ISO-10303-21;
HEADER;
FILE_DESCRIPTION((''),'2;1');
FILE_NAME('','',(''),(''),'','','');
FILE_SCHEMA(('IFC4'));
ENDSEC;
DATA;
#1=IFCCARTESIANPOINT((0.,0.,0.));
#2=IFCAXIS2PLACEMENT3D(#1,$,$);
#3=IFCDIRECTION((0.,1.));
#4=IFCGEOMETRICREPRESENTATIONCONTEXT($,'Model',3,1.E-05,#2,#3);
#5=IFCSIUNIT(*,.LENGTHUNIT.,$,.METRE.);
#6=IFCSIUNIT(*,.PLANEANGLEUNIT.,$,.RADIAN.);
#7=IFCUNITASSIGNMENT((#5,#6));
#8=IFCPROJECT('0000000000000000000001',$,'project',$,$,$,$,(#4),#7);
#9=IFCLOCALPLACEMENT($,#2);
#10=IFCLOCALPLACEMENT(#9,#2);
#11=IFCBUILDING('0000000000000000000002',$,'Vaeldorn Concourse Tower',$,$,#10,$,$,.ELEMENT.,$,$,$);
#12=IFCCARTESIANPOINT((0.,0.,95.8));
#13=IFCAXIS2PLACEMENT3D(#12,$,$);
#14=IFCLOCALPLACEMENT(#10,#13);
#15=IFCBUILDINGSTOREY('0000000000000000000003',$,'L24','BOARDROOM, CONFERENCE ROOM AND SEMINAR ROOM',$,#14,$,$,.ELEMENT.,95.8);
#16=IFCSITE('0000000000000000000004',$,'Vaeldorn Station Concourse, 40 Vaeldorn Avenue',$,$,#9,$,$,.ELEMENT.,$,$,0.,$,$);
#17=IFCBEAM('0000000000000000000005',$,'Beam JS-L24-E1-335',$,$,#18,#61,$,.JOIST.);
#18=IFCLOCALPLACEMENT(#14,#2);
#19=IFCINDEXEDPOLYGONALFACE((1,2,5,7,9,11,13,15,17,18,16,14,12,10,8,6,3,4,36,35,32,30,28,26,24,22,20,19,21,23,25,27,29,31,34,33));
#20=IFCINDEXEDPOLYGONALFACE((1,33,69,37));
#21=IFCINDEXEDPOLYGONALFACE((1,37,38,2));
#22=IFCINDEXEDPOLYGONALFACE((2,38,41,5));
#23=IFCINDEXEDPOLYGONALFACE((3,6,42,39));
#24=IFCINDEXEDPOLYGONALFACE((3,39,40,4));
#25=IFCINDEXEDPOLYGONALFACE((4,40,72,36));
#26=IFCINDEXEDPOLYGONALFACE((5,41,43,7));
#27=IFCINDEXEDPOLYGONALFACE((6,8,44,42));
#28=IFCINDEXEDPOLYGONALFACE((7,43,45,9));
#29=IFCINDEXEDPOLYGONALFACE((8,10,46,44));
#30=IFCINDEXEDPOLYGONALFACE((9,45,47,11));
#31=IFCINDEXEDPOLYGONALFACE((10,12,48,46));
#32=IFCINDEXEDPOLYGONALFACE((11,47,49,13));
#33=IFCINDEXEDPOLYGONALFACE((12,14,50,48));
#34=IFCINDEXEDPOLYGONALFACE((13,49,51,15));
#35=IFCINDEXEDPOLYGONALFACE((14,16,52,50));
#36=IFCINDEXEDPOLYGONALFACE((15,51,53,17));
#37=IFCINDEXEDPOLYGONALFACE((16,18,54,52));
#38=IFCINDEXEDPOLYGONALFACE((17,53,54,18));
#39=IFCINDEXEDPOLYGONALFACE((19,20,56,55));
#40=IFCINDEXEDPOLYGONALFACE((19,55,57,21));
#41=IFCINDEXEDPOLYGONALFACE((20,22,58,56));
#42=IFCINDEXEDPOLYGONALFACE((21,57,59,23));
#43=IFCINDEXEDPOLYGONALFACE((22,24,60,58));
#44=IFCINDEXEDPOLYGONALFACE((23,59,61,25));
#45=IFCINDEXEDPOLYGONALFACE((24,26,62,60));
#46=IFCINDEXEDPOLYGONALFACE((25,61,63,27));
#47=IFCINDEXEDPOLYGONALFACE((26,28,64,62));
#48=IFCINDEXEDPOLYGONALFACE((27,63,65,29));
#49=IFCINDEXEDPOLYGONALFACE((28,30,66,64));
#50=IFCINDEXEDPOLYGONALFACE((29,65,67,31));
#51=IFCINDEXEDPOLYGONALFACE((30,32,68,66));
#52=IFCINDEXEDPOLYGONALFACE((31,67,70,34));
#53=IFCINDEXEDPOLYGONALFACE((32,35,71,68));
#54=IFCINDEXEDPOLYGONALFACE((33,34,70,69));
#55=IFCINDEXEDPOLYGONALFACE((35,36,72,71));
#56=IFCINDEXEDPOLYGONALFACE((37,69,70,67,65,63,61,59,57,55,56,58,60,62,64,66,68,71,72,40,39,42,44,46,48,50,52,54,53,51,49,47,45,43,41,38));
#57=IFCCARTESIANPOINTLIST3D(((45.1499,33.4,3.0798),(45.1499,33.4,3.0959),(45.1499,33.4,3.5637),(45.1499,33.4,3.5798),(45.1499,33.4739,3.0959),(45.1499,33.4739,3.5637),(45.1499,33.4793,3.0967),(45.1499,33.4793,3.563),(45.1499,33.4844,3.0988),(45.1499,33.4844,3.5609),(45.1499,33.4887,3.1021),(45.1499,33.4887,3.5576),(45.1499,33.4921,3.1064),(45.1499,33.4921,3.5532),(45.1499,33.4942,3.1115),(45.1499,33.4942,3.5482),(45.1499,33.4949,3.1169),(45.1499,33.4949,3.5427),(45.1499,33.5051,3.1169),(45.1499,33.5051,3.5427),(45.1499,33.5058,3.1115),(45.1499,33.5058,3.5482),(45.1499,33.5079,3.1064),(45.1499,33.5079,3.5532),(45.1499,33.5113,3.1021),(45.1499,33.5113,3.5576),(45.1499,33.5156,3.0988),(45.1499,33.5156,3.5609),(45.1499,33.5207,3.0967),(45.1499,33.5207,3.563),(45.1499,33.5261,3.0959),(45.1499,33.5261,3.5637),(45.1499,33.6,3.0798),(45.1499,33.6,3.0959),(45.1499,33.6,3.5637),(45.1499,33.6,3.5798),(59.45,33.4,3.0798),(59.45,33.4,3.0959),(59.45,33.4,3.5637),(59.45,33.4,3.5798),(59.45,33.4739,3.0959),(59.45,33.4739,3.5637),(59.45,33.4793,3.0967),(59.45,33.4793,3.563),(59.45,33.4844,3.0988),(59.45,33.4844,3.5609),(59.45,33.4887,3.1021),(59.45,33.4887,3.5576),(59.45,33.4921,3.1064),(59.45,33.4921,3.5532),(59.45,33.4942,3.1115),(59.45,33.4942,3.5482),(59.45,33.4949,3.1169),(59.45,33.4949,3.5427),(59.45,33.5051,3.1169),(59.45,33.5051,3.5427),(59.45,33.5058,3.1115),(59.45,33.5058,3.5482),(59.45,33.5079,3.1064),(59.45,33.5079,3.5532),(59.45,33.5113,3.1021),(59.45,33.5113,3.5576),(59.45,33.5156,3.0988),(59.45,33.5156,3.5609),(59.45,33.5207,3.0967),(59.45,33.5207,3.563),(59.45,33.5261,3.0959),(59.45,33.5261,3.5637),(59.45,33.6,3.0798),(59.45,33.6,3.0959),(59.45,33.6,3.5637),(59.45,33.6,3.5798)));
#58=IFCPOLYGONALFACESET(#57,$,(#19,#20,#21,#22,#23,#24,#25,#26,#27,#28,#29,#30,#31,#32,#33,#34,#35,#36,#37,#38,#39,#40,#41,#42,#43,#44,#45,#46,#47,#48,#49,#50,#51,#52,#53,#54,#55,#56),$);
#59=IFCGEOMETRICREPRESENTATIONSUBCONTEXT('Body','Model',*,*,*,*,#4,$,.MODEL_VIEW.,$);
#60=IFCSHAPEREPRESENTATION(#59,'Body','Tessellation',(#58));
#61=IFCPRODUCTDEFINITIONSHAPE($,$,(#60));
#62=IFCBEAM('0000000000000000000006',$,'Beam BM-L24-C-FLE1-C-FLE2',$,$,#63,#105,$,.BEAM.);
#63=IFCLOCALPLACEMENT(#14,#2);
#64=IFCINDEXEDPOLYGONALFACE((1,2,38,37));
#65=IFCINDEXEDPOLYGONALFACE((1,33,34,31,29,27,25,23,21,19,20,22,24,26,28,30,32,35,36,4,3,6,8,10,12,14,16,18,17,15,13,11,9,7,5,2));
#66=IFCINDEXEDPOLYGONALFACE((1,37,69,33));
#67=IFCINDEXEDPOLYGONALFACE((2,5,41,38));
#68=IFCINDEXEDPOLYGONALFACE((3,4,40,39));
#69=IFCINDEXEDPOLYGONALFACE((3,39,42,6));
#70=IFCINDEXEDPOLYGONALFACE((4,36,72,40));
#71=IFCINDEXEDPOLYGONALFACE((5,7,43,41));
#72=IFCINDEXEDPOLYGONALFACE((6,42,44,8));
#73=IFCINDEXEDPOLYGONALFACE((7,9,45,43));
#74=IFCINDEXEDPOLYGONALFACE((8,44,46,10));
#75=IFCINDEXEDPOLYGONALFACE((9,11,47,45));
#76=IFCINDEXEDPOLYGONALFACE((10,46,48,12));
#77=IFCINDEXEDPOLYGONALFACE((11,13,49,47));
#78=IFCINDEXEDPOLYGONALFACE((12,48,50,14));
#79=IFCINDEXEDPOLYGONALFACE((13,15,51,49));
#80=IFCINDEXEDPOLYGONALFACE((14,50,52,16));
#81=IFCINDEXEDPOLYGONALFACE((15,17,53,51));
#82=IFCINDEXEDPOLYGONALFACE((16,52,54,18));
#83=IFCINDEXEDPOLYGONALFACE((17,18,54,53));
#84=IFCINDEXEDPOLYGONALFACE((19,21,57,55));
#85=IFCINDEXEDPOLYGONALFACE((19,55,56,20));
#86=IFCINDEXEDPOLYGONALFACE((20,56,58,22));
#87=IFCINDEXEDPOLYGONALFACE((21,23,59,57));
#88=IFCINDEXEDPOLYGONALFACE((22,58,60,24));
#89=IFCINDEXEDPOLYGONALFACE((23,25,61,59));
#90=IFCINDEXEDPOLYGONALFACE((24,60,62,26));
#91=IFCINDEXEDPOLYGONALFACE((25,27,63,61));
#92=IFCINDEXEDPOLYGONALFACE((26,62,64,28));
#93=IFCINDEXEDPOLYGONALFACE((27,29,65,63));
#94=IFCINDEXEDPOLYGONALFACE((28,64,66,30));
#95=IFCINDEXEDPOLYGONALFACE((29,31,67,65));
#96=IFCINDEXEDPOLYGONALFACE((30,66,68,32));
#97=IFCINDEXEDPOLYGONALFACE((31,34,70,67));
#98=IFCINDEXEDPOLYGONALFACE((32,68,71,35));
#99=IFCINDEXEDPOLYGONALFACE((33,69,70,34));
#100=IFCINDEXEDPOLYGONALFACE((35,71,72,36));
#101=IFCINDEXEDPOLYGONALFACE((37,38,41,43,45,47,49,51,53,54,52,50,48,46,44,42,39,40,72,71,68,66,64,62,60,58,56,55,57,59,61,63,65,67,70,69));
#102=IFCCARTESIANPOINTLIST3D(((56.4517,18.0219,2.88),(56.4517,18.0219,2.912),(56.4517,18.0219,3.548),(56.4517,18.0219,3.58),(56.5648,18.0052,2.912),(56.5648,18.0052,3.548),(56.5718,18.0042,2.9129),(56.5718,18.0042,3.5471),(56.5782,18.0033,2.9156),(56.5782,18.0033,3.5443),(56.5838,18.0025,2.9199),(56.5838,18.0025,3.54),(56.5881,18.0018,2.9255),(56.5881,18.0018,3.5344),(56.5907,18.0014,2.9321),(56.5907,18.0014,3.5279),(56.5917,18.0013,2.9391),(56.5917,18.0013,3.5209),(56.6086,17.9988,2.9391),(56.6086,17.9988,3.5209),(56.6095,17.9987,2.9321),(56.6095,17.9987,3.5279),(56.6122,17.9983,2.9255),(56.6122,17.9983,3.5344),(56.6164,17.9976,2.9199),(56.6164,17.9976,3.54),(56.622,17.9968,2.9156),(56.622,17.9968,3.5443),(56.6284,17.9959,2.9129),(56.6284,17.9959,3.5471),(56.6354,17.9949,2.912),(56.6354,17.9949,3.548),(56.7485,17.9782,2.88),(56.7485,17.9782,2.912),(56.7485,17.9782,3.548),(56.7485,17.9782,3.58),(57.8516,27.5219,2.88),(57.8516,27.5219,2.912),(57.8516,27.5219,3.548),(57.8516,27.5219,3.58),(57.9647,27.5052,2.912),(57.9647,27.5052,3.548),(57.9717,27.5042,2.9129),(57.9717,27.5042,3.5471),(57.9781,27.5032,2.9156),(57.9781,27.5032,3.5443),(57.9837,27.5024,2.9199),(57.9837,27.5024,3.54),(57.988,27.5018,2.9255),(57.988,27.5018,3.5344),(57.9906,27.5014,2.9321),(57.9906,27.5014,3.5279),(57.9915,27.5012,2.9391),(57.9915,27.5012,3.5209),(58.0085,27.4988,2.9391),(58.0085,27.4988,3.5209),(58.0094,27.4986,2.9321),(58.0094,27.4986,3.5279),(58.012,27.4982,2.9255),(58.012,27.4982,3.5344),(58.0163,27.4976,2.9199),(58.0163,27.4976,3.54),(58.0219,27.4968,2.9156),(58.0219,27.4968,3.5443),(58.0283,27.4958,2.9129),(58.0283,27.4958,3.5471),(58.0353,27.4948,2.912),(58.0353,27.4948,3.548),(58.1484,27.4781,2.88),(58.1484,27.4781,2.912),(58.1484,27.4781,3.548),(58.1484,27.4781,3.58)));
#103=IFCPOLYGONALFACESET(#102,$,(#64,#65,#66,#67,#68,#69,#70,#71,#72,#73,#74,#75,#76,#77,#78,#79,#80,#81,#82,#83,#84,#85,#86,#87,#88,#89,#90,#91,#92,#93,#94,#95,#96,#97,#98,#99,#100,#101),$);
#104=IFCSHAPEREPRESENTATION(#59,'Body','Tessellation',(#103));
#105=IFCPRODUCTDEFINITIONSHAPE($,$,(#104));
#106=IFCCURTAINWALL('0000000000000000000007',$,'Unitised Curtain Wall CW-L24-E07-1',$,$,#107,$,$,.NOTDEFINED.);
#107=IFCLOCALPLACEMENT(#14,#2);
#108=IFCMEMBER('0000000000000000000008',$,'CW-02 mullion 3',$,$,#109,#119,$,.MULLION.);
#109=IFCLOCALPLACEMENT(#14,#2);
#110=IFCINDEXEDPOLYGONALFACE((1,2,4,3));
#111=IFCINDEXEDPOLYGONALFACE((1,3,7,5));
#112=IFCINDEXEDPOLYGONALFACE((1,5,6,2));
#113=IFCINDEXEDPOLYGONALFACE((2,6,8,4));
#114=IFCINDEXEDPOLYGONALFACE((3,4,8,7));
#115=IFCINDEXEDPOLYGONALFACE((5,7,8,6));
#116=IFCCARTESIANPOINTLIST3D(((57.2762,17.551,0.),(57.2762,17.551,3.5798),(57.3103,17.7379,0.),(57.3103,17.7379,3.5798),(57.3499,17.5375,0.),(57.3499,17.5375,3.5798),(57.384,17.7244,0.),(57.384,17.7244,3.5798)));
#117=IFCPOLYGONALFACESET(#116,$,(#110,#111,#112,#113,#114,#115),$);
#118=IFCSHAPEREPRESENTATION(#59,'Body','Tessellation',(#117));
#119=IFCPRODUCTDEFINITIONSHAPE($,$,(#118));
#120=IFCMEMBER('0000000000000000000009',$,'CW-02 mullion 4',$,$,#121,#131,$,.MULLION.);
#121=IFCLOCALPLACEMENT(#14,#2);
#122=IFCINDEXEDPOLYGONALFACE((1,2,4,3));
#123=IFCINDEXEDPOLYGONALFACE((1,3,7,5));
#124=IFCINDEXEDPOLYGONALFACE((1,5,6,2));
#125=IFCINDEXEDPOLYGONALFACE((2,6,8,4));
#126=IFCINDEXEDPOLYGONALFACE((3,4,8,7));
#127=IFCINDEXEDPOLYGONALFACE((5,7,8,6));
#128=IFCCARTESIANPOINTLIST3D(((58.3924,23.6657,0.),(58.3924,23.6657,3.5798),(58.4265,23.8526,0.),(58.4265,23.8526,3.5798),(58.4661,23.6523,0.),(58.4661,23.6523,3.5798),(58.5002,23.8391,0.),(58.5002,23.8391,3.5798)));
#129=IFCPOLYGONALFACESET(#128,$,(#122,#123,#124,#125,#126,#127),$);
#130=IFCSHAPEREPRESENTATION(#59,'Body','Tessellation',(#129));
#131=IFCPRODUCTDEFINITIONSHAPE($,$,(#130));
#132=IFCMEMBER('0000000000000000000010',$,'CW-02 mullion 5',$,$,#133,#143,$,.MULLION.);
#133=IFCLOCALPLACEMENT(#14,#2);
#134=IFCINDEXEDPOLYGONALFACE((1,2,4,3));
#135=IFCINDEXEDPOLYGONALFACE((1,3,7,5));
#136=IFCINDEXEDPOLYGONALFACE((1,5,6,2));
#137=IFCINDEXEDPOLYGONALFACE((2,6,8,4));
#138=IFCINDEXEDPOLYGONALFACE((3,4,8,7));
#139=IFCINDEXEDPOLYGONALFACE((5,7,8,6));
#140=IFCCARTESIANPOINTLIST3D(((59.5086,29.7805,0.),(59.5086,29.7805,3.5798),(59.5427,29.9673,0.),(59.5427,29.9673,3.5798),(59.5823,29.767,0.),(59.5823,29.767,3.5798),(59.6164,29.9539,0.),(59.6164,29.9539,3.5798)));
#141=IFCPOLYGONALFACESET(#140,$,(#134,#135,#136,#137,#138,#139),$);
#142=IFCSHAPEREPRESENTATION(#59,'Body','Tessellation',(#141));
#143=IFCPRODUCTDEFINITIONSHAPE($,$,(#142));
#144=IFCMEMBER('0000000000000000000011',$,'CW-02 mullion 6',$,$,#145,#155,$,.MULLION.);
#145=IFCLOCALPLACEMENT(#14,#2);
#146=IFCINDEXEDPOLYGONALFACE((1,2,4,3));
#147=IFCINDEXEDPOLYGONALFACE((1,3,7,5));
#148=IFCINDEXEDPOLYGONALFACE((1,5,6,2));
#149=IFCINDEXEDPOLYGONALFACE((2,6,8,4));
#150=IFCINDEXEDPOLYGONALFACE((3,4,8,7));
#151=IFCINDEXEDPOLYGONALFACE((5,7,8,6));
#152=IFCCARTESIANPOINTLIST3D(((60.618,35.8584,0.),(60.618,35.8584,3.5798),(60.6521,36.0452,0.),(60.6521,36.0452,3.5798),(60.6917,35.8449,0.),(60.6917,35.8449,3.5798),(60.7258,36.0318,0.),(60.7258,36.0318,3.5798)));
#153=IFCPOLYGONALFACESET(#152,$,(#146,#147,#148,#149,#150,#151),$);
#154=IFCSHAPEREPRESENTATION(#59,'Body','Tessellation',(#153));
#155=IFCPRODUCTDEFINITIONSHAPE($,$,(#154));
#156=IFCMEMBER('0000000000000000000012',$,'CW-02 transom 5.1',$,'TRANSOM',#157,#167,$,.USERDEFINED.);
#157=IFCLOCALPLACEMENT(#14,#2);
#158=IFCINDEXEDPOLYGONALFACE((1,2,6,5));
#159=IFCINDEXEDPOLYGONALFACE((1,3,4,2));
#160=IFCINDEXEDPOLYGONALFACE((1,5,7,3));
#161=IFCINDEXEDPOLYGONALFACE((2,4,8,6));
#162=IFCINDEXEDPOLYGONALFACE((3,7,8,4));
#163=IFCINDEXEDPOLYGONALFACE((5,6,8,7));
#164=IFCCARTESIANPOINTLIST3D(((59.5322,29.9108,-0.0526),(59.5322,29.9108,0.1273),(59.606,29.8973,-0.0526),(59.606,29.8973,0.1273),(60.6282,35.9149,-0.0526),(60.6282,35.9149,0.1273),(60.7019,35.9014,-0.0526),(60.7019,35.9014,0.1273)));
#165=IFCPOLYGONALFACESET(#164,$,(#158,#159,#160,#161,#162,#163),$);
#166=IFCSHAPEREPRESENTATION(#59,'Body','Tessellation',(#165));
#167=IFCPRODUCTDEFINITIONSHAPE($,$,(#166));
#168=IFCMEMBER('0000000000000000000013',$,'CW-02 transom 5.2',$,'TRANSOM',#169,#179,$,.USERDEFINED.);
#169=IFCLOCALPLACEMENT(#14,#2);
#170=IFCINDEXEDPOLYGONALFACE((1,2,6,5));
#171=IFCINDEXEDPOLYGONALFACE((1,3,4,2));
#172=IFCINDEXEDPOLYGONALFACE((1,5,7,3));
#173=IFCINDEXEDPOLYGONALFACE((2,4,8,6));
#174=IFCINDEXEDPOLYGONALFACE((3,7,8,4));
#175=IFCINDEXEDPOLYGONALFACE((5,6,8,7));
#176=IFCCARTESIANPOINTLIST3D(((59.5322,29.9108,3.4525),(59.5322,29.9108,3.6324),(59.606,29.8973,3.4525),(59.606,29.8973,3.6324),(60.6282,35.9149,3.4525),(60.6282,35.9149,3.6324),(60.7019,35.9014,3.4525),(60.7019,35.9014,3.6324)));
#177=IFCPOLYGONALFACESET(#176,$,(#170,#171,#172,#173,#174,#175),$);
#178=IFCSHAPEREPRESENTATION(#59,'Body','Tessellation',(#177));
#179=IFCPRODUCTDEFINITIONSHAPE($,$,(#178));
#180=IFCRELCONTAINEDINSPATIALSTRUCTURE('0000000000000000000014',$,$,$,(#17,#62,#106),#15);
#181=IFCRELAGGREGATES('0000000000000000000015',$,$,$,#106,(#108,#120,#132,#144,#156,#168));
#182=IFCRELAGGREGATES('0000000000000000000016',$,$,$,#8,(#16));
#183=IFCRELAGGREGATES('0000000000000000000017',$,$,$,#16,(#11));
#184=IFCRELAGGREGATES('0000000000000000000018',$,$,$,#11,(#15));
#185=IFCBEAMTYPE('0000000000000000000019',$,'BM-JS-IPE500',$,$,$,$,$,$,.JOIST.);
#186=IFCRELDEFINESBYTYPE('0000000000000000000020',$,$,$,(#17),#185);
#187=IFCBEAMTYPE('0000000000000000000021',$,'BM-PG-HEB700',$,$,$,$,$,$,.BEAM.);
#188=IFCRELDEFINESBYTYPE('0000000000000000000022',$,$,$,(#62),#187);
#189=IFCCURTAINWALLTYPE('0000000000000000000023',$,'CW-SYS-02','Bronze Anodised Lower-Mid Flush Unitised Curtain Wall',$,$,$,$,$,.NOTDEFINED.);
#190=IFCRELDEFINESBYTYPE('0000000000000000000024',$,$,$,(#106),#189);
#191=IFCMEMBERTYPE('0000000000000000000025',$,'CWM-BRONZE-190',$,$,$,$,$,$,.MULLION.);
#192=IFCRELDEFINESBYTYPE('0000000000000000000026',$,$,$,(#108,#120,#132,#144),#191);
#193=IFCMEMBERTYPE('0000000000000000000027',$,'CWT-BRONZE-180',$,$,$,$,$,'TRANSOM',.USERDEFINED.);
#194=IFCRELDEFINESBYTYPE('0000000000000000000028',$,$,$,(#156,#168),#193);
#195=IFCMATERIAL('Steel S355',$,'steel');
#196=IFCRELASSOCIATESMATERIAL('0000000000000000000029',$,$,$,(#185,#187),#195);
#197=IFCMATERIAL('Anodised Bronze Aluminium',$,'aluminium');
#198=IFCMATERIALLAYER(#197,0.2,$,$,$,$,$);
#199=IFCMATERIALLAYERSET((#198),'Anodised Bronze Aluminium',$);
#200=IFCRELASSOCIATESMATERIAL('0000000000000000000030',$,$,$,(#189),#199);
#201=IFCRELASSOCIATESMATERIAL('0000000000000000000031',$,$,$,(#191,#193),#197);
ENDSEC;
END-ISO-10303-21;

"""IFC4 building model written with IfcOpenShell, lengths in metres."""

from ifc_helpers import new_model, si_unit, direction, frame, origin, origin_2d, place, context, subcontext, project, spatial, rectangle, i_section, extrude, source, transform, mapped, material, layer, layer_set, material_profile, profile_set, type_object, element, aggregate, save


model = new_model("IFC4")

# Units and contexts
model_context = context("Model", 3, precision=1e-05, world=origin(), true_north=direction((0.0, 1.0)))
body_context = subcontext(model_context, "Body", "Model", "MODEL_VIEW")
ifc_project = project(units=[si_unit("LENGTHUNIT", "METRE"), si_unit("PLANEANGLEUNIT", "RADIAN")], contexts=[model_context])

# Site, building, storey
site_placement = place(None, origin())
site = spatial("IfcSite", under=ifc_project, at=site_placement, Name="Vaeldorn Station Concourse, 40 Vaeldorn Avenue", CompositionType="ELEMENT", RefElevation=0.0)
building_placement = place(site_placement, origin())
building = spatial("IfcBuilding", under=site, at=building_placement, Name="Vaeldorn Concourse Tower", CompositionType="ELEMENT")
storey_placement = place(building_placement, frame((0.0, 0.0, 95.8)))
storey = spatial("IfcBuildingStorey", under=building, at=storey_placement, Name="L24", Description="BOARDROOM, CONFERENCE ROOM AND SEMINAR ROOM", CompositionType="ELEMENT", Elevation=95.8)

# Beams
ifc_material_1 = material(Name="Steel S355", Category="steel")
ifc_material_profile_1 = material_profile(ifc_material_1, i_section(OverallWidth=0.2, OverallDepth=0.5, WebThickness=0.0103, FlangeThickness=0.0161, FilletRadius=0.021, at=origin_2d()), Name="IPE 500")
ifc_profile_set_1 = profile_set([ifc_material_profile_1], Name="Steel S355")
beam_type_1 = type_object("IfcBeamType", Name="BM-JS-IPE500", PredefinedType="JOIST", material=ifc_profile_set_1)
shared_shape_1 = source(origin(), body_context, "Body", "SweptSolid", [
    extrude(i_section(OverallWidth=0.2, OverallDepth=0.5, WebThickness=0.0103, FlangeThickness=0.0161, FilletRadius=0.021, at=origin_2d()), origin(), (0.0, 0.0, 1.0), 14.3),
])
beam_1_placement = place(storey_placement, frame((45.1499, 33.5, 3.3298), z_axis=(1.0, 0.0, 0.0), x_axis=(0.0, 1.0, 0.0)))
element("IfcBeam", 1, at=beam_1_placement, inside=storey, type_object=beam_type_1, Name="Beam JS-L24-E1-335", PredefinedType="JOIST", context=body_context, shape_type="MappedRepresentation", body=[
    mapped(shared_shape_1, transform((0.0, 0.0, 0.0), scale=1.0)),
])
ifc_material_profile_2 = material_profile(ifc_material_1, i_section(OverallWidth=0.3, OverallDepth=0.7, WebThickness=0.0171, FlangeThickness=0.032, FilletRadius=0.0271, at=origin_2d()), Name="HEB 700")
ifc_profile_set_2 = profile_set([ifc_material_profile_2], Name="Steel S355")
beam_type_2 = type_object("IfcBeamType", Name="BM-PG-HEB700", PredefinedType="BEAM", material=ifc_profile_set_2)
shared_shape_2 = source(origin(), body_context, "Body", "SweptSolid", [
    extrude(i_section(OverallWidth=0.3, OverallDepth=0.7, WebThickness=0.0171, FlangeThickness=0.032, FilletRadius=0.0271, at=origin_2d()), origin(), (0.0, 0.0, 1.0), 9.6025),
])
beam_2_placement = place(storey_placement, frame((58.0, 27.5, 3.23), z_axis=(-0.145784, -0.989316, 0.0), x_axis=(0.989316, -0.145784, 0.0)))
element("IfcBeam", 2, at=beam_2_placement, inside=storey, type_object=beam_type_2, Name="Beam BM-L24-C-FLE1-C-FLE2", PredefinedType="BEAM", context=body_context, shape_type="MappedRepresentation", body=[
    mapped(shared_shape_2, transform((0.0, 0.0, 0.0), scale=1.0)),
])

# Curtain wall, members
ifc_material_2 = material(Name="Anodised Bronze Aluminium", Category="aluminium")
ifc_layer_1 = layer(ifc_material_2, 0.2)
ifc_layer_set_1 = layer_set([ifc_layer_1], Name="Anodised Bronze Aluminium")
curtain_wall_type = type_object("IfcCurtainWallType", Name="CW-SYS-02", Description="Bronze Anodised Lower-Mid Flush Unitised Curtain Wall", PredefinedType="NOTDEFINED", material=ifc_layer_set_1)
curtain_wall_placement = place(storey_placement, origin())
curtain_wall = element("IfcCurtainWall", 3, at=curtain_wall_placement, inside=storey, type_object=curtain_wall_type, Name="Unitised Curtain Wall CW-L24-E07-1", PredefinedType="NOTDEFINED")
ifc_material_profile_3 = material_profile(ifc_material_2, rectangle(XDim=0.075, YDim=0.1899, at=origin_2d()), Name="CWM 75x190")
ifc_profile_set_3 = profile_set([ifc_material_profile_3], Name="Anodised Bronze Aluminium")
member_type_1 = type_object("IfcMemberType", Name="CWM-BRONZE-190", PredefinedType="MULLION", material=ifc_profile_set_3)
shared_shape_3 = source(origin(), body_context, "Body", "SweptSolid", [
    extrude(rectangle(XDim=0.075, YDim=0.1899, at=origin_2d()), origin(), (0.0, 0.0, 1.0), 3.5798),
])
member_1_placement = place(storey_placement, frame((57.3301, 17.6377, 0.0), z_axis=(0.0, 0.0, 1.0), x_axis=(-0.983746, 0.179567, 0.0)))
member_1 = element("IfcMember", 4, at=member_1_placement, type_object=member_type_1, Name="CW-02 mullion 3", PredefinedType="MULLION", context=body_context, shape_type="MappedRepresentation", body=[
    mapped(shared_shape_3, transform((0.0, 0.0, 0.0), scale=1.0)),
])
member_2_placement = place(storey_placement, frame((58.4463, 23.7524, 0.0), z_axis=(0.0, 0.0, 1.0), x_axis=(-0.983746, 0.179567, 0.0)))
member_2 = element("IfcMember", 5, at=member_2_placement, type_object=member_type_1, Name="CW-02 mullion 4", PredefinedType="MULLION", context=body_context, shape_type="MappedRepresentation", body=[
    mapped(shared_shape_3, transform((0.0, 0.0, 0.0), scale=1.0)),
])
member_3_placement = place(storey_placement, frame((59.5625, 29.8672, 0.0), z_axis=(0.0, 0.0, 1.0), x_axis=(-0.983746, 0.179567, 0.0)))
member_3 = element("IfcMember", 6, at=member_3_placement, type_object=member_type_1, Name="CW-02 mullion 5", PredefinedType="MULLION", context=body_context, shape_type="MappedRepresentation", body=[
    mapped(shared_shape_3, transform((0.0, 0.0, 0.0), scale=1.0)),
])
member_4_placement = place(storey_placement, frame((60.6719, 35.9451, 0.0), z_axis=(0.0, 0.0, 1.0), x_axis=(-0.983746, 0.179567, 0.0)))
member_4 = element("IfcMember", 7, at=member_4_placement, type_object=member_type_1, Name="CW-02 mullion 6", PredefinedType="MULLION", context=body_context, shape_type="MappedRepresentation", body=[
    mapped(shared_shape_3, transform((0.0, 0.0, 0.0), scale=1.0)),
])
ifc_material_profile_4 = material_profile(ifc_material_2, rectangle(XDim=0.075, YDim=0.1799, at=origin_2d()), Name="CWT 75x180")
ifc_profile_set_4 = profile_set([ifc_material_profile_4], Name="Anodised Bronze Aluminium")
member_type_2 = type_object("IfcMemberType", Name="CWT-BRONZE-180", ElementType="TRANSOM", PredefinedType="USERDEFINED", material=ifc_profile_set_4)
shared_shape_4 = source(origin(), body_context, "Body", "SweptSolid", [
    extrude(rectangle(XDim=0.075, YDim=0.1799, at=origin_2d()), origin(), (0.0, 0.0, 1.0), 6.1033),
])
member_5_placement = place(storey_placement, frame((59.5691, 29.9041, 0.0374), z_axis=(0.179565, 0.983746, 0.0), x_axis=(-0.983746, 0.179565, 0.0)))
member_5 = element("IfcMember", 8, at=member_5_placement, type_object=member_type_2, Name="CW-02 transom 5.1", ObjectType="TRANSOM", PredefinedType="USERDEFINED", context=body_context, shape_type="MappedRepresentation", body=[
    mapped(shared_shape_4, transform((0.0, 0.0, 0.0), scale=1.0)),
])
member_6_placement = place(storey_placement, frame((59.5691, 29.9041, 3.5425), z_axis=(0.179565, 0.983746, 0.0), x_axis=(-0.983746, 0.179565, 0.0)))
member_6 = element("IfcMember", 9, at=member_6_placement, type_object=member_type_2, Name="CW-02 transom 5.2", ObjectType="TRANSOM", PredefinedType="USERDEFINED", context=body_context, shape_type="MappedRepresentation", body=[
    mapped(shared_shape_4, transform((0.0, 0.0, 0.0), scale=1.0)),
])
aggregate(curtain_wall, [member_1, member_2, member_3, member_4, member_5, member_6])

save(model, "model.ifc")
